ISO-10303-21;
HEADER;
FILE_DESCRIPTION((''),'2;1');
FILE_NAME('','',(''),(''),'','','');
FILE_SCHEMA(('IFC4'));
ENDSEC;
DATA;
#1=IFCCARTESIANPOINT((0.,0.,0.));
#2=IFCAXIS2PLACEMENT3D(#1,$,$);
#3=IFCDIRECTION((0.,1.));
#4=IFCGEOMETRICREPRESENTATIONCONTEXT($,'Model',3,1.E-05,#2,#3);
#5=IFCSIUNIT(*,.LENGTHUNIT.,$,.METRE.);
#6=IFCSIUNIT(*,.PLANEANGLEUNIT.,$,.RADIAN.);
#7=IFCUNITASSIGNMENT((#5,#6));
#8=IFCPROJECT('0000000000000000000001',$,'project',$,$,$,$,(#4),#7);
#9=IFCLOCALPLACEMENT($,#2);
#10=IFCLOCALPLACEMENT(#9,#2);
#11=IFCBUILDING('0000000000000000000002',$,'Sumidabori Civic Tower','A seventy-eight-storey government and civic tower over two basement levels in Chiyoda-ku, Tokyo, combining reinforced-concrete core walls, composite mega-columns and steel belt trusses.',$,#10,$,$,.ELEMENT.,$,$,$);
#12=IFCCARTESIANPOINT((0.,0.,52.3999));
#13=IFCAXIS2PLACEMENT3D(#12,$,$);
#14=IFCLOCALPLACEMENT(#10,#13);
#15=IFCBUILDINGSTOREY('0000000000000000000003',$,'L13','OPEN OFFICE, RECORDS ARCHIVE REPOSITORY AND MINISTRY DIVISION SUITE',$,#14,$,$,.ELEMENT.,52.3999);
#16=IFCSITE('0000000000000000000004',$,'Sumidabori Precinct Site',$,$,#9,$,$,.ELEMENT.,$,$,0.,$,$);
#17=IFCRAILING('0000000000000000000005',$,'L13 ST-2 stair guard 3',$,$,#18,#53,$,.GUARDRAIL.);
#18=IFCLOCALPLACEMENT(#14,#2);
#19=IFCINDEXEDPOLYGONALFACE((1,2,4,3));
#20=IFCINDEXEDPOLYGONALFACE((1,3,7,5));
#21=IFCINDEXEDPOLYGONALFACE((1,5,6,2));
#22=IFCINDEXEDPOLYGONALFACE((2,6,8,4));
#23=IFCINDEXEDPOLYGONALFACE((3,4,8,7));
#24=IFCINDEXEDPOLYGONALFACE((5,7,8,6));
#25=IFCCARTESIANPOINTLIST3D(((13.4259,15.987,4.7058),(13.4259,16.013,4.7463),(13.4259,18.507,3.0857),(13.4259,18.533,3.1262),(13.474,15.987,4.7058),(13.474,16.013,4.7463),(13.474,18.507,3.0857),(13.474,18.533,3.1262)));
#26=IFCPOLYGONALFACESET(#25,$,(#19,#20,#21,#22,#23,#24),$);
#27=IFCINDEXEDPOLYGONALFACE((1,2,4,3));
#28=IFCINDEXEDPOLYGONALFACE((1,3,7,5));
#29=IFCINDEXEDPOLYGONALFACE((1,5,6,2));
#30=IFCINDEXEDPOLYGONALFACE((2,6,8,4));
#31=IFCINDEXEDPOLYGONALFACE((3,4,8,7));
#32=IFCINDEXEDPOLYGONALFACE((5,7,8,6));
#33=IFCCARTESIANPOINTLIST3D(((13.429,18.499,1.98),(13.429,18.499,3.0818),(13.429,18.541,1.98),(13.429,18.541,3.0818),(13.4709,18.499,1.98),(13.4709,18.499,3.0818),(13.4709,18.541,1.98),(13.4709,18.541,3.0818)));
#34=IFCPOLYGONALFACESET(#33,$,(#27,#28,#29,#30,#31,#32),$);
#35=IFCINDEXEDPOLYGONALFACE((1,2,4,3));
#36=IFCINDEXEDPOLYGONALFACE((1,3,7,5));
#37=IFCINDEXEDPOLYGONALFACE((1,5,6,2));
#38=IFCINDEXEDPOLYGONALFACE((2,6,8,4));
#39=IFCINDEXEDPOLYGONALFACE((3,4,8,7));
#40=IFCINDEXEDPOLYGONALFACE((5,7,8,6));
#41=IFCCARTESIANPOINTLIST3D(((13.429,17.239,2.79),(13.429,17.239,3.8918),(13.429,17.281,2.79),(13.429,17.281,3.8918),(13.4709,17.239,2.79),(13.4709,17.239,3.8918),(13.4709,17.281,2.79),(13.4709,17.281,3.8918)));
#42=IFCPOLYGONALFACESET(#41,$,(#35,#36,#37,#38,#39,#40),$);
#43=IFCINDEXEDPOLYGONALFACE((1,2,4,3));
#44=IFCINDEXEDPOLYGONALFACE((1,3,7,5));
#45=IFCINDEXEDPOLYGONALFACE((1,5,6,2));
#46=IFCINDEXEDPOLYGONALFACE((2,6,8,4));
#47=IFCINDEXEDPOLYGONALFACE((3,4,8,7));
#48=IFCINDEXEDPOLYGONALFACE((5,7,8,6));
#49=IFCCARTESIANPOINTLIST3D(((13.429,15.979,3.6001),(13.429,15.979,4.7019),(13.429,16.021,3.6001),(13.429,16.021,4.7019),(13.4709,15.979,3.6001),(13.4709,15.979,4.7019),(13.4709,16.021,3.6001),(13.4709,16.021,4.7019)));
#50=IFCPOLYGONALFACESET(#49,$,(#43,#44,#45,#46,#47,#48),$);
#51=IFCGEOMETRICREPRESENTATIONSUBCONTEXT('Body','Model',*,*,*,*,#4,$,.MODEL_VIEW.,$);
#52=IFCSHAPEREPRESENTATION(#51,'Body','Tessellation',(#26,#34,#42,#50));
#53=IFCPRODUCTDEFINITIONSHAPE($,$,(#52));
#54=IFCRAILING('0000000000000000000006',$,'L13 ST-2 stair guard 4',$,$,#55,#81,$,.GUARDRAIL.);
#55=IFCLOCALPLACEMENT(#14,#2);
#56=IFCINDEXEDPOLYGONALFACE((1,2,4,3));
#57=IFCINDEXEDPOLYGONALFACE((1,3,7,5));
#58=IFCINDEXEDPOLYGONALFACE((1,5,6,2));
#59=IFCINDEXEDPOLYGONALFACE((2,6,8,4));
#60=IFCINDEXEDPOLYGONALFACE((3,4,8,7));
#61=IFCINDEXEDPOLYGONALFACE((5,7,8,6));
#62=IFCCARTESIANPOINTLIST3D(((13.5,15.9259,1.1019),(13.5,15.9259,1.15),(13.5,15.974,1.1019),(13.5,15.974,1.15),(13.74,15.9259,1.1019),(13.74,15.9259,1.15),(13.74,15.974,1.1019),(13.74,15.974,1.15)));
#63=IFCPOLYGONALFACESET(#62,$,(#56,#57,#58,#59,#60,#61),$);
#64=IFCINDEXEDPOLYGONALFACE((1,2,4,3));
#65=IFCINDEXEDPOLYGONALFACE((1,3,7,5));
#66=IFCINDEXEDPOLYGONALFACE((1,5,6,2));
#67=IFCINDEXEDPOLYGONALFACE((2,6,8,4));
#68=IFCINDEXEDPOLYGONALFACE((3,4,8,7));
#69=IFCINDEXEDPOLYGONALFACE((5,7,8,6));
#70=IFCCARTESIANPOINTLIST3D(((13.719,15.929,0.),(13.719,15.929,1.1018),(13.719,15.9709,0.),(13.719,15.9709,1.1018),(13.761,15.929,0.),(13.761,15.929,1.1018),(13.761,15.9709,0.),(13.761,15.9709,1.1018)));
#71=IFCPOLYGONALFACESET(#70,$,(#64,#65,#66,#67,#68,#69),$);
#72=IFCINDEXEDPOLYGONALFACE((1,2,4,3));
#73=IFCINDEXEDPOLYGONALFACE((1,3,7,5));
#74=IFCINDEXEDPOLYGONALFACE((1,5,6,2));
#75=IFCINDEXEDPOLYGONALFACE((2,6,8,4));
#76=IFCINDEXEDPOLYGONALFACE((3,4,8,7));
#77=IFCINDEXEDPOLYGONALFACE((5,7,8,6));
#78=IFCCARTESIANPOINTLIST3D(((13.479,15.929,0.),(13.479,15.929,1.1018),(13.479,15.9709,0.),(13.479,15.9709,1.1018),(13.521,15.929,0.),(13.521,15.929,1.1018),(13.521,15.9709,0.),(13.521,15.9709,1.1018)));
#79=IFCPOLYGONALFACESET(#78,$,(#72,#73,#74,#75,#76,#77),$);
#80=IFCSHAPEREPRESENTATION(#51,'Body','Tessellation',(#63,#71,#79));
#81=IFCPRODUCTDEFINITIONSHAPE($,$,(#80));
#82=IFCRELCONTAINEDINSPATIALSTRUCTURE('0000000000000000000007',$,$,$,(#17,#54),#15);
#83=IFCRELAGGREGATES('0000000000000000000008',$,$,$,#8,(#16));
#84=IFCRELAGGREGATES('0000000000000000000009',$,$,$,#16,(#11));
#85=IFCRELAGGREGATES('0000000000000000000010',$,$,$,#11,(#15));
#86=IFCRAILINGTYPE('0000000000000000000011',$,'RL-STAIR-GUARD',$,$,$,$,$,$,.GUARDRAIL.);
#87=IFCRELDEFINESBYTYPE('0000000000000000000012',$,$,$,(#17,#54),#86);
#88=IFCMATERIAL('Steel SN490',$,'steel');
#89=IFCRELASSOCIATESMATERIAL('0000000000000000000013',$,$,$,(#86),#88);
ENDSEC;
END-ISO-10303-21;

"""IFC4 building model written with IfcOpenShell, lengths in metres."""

from ifc_helpers import new_model, si_unit, direction, frame, origin, origin_2d, place, context, subcontext, project, spatial, rectangle, extrude, material, type_object, element, save


model = new_model("IFC4")

# Units and contexts
model_context = context("Model", 3, precision=1e-05, world=origin(), true_north=direction((0.0, 1.0)))
body_context = subcontext(model_context, "Body", "Model", "MODEL_VIEW")
ifc_project = project(units=[si_unit("LENGTHUNIT", "METRE"), si_unit("PLANEANGLEUNIT", "RADIAN")], contexts=[model_context])

# Site, building, storey
site_placement = place(None, origin())
site = spatial("IfcSite", under=ifc_project, at=site_placement, Name="Sumidabori Precinct Site", CompositionType="ELEMENT", RefElevation=0.0)
building_placement = place(site_placement, origin())
building = spatial("IfcBuilding", under=site, at=building_placement, Name="Sumidabori Civic Tower", Description="A seventy-eight-storey government and civic tower over two basement levels in Chiyoda-ku, Tokyo, combining reinforced-concrete core walls, composite mega-columns and steel belt trusses.", CompositionType="ELEMENT")
storey_placement = place(building_placement, frame((0.0, 0.0, 52.3999)))
storey = spatial("IfcBuildingStorey", under=building, at=storey_placement, Name="L13", Description="OPEN OFFICE, RECORDS ARCHIVE REPOSITORY AND MINISTRY DIVISION SUITE", CompositionType="ELEMENT", Elevation=52.3999)

# Shared definitions
ifc_material_1 = material(Name="Steel SN490", Category="steel")

# Railings
railing_type_1 = type_object("IfcRailingType", Name="RL-STAIR-GUARD", PredefinedType="GUARDRAIL", material=ifc_material_1)
railing_1_placement = place(storey_placement, frame((13.45, 18.52, 1.98)))
element("IfcRailing", 1, at=railing_1_placement, inside=storey, type_object=railing_type_1, Name="L13 ST-2 stair guard 3", PredefinedType="GUARDRAIL", context=body_context, shape_type="SweptSolid", body=[
    extrude(rectangle(XDim=0.0481, YDim=0.0481, at=origin_2d()), frame((0.0, 0.0, 1.126), z_axis=(0.0, -0.841163, 0.540782), x_axis=(1.0, 0.0, 0.0)), (0.0, 0.0, 1.0), 2.9958),
    extrude(rectangle(XDim=0.042, YDim=0.042, at=origin_2d()), origin(), (0.0, 0.0, 1.0), 1.1018),
    extrude(rectangle(XDim=0.042, YDim=0.042, at=origin_2d()), frame((0.0, -1.26, 0.8101)), (0.0, 0.0, 1.0), 1.1018),
    extrude(rectangle(XDim=0.042, YDim=0.042, at=origin_2d()), frame((0.0, -2.52, 1.6201)), (0.0, 0.0, 1.0), 1.1018),
])
railing_2_placement = place(storey_placement, frame((13.74, 15.95, 0.0)))
element("IfcRailing", 2, at=railing_2_placement, inside=storey, type_object=railing_type_1, Name="L13 ST-2 stair guard 4", PredefinedType="GUARDRAIL", context=body_context, shape_type="SweptSolid", body=[
    extrude(rectangle(XDim=0.0481, YDim=0.0481, at=origin_2d()), frame((0.0, 0.0, 1.126), z_axis=(-1.0, 0.0, 0.0), x_axis=(0.0, -1.0, 0.0)), (0.0, 0.0, 1.0), 0.24),
    extrude(rectangle(XDim=0.042, YDim=0.042, at=origin_2d()), origin(), (0.0, 0.0, 1.0), 1.1018),
    extrude(rectangle(XDim=0.042, YDim=0.042, at=origin_2d()), frame((-0.24, 0.0, 0.0)), (0.0, 0.0, 1.0), 1.1018),
])

save(model, "model.ifc")
